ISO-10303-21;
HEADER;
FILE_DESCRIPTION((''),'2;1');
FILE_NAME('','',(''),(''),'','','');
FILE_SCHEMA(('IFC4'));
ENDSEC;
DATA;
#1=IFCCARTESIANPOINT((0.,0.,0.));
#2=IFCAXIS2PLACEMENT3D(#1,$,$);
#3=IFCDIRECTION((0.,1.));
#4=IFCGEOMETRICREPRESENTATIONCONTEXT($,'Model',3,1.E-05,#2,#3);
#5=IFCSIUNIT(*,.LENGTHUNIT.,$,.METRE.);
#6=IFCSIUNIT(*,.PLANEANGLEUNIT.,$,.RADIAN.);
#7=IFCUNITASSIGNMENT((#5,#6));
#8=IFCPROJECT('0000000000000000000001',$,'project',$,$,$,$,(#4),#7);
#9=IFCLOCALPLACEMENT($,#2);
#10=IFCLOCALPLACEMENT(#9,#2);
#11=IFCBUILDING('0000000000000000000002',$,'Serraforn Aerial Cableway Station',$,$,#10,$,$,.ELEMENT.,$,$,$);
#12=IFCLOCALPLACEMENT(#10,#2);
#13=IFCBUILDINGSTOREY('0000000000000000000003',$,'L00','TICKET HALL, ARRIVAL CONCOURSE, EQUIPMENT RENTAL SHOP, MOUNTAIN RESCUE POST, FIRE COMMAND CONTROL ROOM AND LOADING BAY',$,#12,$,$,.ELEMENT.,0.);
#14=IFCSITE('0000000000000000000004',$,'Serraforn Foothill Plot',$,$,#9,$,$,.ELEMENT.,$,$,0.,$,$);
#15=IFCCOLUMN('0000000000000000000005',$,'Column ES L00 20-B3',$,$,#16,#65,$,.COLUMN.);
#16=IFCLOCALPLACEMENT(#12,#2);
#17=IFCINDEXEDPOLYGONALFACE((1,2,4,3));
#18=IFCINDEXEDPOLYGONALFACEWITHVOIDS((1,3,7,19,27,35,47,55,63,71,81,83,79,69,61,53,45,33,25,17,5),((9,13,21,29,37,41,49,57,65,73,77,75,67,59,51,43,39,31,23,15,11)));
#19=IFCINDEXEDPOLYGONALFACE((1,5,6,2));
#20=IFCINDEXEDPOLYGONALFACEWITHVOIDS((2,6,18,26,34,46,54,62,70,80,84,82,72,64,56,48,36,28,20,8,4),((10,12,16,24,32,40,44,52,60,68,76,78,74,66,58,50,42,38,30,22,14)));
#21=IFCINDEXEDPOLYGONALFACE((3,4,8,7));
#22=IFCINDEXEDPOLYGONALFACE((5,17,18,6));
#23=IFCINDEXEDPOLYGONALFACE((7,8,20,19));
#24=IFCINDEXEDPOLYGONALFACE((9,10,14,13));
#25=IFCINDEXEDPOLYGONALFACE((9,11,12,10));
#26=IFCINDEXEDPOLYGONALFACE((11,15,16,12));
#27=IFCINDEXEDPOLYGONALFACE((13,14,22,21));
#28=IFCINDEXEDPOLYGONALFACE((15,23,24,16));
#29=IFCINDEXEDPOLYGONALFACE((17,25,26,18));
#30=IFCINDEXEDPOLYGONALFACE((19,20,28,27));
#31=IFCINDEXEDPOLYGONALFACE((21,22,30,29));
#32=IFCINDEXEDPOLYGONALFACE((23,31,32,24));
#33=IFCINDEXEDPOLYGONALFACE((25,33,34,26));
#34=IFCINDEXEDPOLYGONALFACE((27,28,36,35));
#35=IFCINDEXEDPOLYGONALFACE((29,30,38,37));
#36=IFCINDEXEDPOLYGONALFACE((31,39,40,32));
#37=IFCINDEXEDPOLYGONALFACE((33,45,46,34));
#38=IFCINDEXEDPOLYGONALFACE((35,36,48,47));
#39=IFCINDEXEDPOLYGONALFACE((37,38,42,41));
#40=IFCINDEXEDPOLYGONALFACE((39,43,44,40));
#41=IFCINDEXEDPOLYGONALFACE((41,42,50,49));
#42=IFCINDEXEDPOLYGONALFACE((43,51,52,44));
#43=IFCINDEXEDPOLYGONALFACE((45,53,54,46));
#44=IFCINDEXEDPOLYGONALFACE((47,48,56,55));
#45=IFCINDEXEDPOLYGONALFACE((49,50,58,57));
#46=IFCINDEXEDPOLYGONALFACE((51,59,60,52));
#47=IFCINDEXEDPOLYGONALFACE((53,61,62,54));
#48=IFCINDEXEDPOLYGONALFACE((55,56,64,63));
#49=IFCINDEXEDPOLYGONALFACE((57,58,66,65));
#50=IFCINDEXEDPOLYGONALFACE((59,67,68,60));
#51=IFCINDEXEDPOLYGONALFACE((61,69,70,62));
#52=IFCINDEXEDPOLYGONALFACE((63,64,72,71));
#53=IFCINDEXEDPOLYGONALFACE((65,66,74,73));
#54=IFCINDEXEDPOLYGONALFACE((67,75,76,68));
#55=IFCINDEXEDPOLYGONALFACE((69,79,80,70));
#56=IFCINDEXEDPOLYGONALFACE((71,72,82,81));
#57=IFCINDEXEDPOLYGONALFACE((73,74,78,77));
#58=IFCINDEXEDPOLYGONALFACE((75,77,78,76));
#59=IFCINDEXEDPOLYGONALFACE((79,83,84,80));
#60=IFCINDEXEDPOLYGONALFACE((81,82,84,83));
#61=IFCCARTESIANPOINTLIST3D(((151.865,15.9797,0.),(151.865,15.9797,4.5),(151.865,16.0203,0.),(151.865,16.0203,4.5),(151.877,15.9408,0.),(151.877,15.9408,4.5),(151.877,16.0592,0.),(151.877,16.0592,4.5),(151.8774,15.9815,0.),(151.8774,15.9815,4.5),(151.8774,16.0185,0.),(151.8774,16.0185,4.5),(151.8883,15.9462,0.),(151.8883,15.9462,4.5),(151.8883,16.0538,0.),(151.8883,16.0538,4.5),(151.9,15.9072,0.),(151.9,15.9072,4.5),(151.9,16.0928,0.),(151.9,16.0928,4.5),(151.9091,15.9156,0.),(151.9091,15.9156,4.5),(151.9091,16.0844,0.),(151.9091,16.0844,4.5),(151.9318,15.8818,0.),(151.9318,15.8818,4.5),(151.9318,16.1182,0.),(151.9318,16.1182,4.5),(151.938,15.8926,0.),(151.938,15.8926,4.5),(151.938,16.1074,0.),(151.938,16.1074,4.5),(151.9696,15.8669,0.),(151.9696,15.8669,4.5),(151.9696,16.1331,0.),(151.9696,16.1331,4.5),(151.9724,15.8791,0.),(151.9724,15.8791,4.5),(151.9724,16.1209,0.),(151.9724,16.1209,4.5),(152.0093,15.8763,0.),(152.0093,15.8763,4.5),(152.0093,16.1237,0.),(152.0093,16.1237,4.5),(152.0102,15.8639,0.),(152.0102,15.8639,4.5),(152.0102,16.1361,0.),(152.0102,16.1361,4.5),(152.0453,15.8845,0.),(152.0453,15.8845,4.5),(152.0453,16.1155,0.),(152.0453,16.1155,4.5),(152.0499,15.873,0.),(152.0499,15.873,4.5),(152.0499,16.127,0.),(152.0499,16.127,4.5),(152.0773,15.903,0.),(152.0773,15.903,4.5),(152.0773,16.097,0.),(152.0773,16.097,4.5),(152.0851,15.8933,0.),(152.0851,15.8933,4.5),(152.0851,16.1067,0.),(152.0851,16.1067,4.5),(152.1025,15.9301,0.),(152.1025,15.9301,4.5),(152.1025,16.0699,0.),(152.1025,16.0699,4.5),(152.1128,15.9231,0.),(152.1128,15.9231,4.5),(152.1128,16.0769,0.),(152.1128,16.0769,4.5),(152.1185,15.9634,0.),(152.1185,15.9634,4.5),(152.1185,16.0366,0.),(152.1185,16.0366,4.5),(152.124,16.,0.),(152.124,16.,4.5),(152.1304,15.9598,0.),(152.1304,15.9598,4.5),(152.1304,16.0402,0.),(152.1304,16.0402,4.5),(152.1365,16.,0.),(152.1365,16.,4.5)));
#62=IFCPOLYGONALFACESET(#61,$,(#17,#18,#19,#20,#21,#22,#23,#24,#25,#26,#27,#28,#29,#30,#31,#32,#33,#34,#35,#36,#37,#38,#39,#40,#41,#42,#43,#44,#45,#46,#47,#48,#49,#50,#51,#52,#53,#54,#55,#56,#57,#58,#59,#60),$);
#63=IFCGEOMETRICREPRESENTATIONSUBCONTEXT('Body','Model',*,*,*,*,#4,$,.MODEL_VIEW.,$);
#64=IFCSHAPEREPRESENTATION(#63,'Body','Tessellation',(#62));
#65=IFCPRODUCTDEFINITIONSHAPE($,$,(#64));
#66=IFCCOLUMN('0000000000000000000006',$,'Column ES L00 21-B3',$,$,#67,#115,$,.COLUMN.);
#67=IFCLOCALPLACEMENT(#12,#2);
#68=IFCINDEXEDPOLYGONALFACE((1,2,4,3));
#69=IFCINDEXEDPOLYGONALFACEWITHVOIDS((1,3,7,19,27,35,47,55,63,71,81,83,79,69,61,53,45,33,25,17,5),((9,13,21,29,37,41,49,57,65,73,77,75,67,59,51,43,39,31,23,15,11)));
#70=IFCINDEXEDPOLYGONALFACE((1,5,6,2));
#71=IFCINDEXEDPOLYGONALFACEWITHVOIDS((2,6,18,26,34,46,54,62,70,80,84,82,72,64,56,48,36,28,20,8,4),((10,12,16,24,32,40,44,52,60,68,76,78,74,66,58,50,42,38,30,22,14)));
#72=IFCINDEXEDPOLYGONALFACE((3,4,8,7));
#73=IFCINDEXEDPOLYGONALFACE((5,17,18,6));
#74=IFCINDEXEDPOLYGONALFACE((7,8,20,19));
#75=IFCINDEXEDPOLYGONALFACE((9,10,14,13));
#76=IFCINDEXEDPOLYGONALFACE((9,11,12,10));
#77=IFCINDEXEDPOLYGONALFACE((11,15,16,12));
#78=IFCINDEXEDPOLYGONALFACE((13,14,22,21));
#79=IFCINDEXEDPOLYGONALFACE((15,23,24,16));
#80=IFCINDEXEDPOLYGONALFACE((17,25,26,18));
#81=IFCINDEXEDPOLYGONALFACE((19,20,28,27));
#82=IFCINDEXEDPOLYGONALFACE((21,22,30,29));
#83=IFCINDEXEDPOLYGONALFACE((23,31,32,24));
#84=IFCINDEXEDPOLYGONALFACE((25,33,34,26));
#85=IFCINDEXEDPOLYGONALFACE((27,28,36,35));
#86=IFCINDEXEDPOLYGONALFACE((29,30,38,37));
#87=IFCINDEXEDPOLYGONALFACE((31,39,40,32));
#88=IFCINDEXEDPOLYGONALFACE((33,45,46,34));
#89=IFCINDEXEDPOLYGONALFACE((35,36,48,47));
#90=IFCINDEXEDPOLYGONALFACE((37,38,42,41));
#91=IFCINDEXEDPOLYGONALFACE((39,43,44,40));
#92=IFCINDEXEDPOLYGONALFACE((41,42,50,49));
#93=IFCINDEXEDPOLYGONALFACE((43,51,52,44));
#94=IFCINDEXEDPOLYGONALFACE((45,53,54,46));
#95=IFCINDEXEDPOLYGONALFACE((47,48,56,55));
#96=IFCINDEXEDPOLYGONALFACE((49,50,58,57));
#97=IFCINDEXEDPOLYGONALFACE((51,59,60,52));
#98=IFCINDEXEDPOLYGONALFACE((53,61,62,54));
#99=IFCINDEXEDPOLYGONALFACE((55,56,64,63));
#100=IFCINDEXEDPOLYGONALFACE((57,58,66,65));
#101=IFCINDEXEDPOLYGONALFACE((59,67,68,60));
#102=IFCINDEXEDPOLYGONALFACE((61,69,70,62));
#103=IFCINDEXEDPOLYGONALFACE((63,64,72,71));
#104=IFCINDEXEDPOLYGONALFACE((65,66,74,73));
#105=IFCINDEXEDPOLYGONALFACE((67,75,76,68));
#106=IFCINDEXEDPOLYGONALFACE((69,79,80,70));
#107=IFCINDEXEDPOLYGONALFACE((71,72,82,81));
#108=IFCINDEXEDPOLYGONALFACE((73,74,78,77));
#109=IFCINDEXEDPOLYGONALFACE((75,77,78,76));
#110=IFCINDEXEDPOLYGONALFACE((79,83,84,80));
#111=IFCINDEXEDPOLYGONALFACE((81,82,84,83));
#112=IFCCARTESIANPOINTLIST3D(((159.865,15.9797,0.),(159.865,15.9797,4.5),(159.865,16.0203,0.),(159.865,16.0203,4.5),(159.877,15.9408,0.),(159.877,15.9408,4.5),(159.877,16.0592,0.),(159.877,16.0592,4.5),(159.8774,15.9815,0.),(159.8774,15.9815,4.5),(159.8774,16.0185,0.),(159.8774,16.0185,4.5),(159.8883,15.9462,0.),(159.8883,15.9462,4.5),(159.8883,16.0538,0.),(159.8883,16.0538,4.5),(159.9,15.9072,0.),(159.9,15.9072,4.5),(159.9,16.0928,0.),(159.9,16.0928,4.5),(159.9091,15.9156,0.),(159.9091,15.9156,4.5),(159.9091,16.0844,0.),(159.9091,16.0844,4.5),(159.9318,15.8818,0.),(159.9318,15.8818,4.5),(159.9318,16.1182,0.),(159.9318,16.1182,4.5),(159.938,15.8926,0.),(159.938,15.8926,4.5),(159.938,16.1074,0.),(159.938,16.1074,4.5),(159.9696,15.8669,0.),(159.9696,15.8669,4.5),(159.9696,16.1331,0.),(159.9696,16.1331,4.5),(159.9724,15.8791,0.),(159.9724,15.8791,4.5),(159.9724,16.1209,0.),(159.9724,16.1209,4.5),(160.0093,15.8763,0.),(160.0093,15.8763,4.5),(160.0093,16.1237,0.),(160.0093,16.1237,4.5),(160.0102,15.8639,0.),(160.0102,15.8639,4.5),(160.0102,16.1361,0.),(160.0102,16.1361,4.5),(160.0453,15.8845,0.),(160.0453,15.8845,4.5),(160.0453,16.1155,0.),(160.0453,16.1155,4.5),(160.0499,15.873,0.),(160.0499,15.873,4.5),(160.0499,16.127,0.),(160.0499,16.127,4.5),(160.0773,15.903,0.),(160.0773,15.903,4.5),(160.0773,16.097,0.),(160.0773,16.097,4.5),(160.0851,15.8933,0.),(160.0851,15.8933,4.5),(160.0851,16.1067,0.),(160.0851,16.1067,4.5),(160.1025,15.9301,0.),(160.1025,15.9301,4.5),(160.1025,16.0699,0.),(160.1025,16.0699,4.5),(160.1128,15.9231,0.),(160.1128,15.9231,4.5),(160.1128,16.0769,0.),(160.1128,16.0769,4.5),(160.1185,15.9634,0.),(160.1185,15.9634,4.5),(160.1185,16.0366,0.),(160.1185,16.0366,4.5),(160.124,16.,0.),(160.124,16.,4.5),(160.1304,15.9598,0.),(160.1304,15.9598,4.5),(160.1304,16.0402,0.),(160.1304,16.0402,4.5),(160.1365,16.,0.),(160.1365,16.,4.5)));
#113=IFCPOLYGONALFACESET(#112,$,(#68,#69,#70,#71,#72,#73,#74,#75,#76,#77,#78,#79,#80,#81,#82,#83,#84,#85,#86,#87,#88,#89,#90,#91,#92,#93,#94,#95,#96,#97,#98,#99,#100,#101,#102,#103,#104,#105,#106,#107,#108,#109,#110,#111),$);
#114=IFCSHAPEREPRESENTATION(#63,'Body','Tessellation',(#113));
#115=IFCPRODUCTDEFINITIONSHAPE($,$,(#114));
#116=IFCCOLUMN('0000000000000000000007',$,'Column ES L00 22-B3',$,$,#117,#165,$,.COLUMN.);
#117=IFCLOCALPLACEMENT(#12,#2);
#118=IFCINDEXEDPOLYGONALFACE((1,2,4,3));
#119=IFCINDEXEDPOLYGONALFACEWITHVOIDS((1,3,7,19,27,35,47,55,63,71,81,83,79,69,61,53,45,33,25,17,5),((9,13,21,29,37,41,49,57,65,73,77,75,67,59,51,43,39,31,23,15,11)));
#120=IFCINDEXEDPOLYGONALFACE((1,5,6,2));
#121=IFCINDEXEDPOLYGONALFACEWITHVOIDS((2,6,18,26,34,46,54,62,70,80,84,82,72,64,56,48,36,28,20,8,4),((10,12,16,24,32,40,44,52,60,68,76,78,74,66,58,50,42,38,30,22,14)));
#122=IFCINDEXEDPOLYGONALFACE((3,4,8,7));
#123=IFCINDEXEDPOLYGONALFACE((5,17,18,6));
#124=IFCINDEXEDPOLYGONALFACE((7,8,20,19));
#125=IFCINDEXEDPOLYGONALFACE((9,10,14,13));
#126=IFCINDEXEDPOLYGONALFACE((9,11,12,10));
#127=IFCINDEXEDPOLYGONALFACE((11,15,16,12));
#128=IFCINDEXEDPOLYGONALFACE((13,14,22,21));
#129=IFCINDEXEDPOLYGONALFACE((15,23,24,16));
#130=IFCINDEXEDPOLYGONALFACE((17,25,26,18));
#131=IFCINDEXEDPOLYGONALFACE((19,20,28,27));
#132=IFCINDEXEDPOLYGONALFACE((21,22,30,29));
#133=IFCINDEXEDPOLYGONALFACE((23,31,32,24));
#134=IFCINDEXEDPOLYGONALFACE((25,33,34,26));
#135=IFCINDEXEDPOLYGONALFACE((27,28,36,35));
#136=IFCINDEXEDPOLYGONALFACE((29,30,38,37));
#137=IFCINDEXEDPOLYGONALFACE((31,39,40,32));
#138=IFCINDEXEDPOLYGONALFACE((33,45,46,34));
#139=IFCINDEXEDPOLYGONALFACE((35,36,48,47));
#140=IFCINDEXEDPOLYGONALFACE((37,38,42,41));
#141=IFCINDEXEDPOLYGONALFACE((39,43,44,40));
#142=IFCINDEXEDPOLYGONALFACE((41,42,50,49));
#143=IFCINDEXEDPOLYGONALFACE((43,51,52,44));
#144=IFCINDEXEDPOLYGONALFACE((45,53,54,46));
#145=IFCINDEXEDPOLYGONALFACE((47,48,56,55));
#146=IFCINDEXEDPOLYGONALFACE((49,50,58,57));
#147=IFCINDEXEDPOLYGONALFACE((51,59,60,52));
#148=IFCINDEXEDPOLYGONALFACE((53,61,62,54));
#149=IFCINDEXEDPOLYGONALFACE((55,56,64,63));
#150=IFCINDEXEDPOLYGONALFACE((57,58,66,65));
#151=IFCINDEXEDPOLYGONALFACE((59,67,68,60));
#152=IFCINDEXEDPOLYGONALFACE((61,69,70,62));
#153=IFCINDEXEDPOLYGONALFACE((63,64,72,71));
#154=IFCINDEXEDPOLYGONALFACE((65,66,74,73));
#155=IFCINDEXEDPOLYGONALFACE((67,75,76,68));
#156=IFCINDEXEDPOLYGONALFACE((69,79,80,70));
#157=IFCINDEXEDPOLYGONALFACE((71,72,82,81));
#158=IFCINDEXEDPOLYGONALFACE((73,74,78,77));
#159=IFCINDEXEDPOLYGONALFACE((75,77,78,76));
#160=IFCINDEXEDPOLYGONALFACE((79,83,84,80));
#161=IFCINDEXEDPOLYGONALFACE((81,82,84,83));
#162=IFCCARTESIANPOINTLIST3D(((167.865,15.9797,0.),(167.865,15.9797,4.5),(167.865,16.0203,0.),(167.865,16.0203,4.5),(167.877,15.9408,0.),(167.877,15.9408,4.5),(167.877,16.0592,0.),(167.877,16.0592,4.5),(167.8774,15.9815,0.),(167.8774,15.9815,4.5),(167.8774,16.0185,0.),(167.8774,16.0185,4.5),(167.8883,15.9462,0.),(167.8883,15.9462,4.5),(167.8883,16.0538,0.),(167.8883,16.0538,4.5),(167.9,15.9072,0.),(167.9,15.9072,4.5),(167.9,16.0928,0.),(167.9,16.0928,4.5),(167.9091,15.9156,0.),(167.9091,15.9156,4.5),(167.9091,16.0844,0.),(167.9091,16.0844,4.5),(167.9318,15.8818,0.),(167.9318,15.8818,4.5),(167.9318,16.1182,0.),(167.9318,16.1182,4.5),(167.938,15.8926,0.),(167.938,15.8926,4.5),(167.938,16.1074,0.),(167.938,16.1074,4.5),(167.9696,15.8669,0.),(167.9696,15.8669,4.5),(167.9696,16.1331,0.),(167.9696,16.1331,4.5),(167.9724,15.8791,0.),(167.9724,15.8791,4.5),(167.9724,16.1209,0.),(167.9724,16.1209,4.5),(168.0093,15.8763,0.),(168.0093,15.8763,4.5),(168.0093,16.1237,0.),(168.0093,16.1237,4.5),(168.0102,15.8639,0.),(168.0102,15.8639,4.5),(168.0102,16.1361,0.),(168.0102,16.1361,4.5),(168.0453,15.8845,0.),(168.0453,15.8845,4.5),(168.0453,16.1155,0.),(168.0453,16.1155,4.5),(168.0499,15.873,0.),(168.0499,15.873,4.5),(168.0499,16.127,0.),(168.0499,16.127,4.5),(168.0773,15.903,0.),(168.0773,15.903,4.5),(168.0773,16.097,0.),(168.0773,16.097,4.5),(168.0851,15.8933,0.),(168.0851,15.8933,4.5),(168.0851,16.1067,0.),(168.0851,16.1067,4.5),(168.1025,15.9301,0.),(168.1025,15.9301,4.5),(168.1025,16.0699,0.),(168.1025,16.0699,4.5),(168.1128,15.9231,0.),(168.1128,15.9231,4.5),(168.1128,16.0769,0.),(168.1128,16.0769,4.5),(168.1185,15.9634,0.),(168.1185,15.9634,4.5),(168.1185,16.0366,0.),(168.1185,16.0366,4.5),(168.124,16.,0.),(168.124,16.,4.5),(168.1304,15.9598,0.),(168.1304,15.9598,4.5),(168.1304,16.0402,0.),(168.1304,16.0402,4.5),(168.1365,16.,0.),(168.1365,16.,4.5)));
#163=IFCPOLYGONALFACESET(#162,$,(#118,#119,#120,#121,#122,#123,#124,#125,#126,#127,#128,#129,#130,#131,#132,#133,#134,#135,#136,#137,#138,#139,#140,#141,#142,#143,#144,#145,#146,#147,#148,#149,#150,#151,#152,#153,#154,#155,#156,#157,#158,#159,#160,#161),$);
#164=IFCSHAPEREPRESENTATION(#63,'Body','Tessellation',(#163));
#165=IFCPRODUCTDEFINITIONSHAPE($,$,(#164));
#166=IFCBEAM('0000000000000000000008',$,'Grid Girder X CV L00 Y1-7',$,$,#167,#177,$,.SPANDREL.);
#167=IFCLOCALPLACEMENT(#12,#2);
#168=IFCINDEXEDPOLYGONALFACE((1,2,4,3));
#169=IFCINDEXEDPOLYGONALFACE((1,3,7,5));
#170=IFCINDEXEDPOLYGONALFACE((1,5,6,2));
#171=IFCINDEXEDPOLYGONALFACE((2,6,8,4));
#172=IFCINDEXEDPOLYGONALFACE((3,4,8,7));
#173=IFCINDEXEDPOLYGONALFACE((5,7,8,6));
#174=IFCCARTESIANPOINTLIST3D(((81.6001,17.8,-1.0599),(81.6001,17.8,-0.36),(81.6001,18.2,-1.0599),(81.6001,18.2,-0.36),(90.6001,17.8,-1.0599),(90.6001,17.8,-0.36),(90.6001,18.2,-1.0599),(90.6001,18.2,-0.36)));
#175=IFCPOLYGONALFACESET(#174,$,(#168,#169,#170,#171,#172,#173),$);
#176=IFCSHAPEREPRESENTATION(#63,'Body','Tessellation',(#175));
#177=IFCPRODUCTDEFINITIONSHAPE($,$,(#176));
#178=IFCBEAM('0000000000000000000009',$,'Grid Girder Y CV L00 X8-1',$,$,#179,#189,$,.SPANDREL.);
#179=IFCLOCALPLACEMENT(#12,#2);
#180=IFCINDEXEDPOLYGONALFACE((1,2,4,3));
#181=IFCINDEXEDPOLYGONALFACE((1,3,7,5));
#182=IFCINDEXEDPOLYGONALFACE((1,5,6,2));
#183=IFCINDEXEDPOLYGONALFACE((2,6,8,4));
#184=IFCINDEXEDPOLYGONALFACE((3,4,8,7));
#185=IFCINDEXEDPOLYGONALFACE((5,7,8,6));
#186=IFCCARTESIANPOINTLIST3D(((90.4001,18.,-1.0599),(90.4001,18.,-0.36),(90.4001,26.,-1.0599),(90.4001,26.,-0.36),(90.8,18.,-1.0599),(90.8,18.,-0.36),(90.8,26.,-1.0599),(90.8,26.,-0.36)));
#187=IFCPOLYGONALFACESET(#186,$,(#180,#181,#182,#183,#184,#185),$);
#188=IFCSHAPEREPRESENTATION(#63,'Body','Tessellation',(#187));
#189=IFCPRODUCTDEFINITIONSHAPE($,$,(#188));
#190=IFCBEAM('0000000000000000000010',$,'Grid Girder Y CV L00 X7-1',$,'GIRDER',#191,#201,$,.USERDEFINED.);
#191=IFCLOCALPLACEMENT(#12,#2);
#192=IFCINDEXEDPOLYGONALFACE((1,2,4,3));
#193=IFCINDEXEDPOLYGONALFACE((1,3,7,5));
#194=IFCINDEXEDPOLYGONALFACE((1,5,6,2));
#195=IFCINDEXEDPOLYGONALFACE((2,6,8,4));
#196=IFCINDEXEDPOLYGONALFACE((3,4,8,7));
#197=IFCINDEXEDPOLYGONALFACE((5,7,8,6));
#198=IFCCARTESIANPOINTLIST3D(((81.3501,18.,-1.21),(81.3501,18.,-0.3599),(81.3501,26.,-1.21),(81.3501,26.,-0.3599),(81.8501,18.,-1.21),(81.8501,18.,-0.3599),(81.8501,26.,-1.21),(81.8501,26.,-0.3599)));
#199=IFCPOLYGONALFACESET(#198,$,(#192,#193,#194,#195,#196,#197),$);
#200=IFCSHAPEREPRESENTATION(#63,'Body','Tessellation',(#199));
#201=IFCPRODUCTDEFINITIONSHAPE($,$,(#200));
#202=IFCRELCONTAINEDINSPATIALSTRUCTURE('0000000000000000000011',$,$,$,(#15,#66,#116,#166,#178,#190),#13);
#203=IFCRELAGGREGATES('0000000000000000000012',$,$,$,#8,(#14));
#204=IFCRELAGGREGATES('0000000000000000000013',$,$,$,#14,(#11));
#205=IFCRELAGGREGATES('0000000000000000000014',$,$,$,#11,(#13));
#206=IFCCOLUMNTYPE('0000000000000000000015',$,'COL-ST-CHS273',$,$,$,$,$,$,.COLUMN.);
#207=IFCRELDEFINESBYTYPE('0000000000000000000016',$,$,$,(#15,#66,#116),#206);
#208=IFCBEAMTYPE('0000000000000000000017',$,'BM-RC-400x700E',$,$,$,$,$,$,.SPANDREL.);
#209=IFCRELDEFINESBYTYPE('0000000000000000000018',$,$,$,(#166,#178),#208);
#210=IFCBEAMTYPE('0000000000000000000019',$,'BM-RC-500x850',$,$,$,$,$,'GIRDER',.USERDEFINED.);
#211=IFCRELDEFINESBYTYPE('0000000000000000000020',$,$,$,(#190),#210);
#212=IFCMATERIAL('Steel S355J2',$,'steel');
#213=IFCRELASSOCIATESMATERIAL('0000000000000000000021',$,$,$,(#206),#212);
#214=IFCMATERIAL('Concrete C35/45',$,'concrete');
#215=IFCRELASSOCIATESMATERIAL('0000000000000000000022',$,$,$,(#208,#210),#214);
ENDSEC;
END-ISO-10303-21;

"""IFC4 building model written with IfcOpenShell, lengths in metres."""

from ifc_helpers import new_model, si_unit, direction, frame, origin, origin_2d, place, context, subcontext, project, spatial, rectangle, hollow_circle, extrude, material, material_profile, profile_set, type_object, element, save


model = new_model("IFC4")

# Units and contexts
model_context = context("Model", 3, precision=1e-05, world=origin(), true_north=direction((0.0, 1.0)))
body_context = subcontext(model_context, "Body", "Model", "MODEL_VIEW")
ifc_project = project(units=[si_unit("LENGTHUNIT", "METRE"), si_unit("PLANEANGLEUNIT", "RADIAN")], contexts=[model_context])

# Site, building, storey
site_placement = place(None, origin())
site = spatial("IfcSite", under=ifc_project, at=site_placement, Name="Serraforn Foothill Plot", CompositionType="ELEMENT", RefElevation=0.0)
building_placement = place(site_placement, origin())
building = spatial("IfcBuilding", under=site, at=building_placement, Name="Serraforn Aerial Cableway Station", CompositionType="ELEMENT")
storey_placement = place(building_placement, origin())
storey = spatial("IfcBuildingStorey", under=building, at=storey_placement, Name="L00", Description="TICKET HALL, ARRIVAL CONCOURSE, EQUIPMENT RENTAL SHOP, MOUNTAIN RESCUE POST, FIRE COMMAND CONTROL ROOM AND LOADING BAY", CompositionType="ELEMENT", Elevation=0.0)

# Shared definitions
ifc_material_1 = material(Name="Concrete C35/45", Category="concrete")

# Columns
ifc_material_2 = material(Name="Steel S355J2", Category="steel")
ifc_material_profile_1 = material_profile(ifc_material_2, hollow_circle(Radius=0.1365, WallThickness=0.0125, at=origin_2d()), Name="CHS 273.0x12.5")
ifc_profile_set_1 = profile_set([ifc_material_profile_1], Name="Steel S355J2")
column_type_1 = type_object("IfcColumnType", Name="COL-ST-CHS273", PredefinedType="COLUMN", material=ifc_profile_set_1)
for number, where, z_axis, x_axis, name in (
    (1, (152.0, 16.0, 0.0), (0.0, 0.0, 1.0), (1.0, 0.0, 0.0), "Column ES L00 20-B3"),
    (2, (160.0, 16.0, 0.0), (0.0, 0.0, 1.0), (1.0, 0.0, 0.0), "Column ES L00 21-B3"),
    (3, (168.0, 16.0, 0.0), (0.0, 0.0, 1.0), (1.0, 0.0, 0.0), "Column ES L00 22-B3"),
):
    element("IfcColumn", number, at=place(storey_placement, frame(where, z_axis=z_axis, x_axis=x_axis)), inside=storey, type_object=column_type_1, Name=name, PredefinedType="COLUMN", context=body_context, shape_type="SweptSolid", body=[
        extrude(hollow_circle(Radius=0.1365, WallThickness=0.0125, at=origin_2d()), origin(), (0.0, 0.0, 1.0), 4.5),
    ])

# Beams
ifc_material_profile_2 = material_profile(ifc_material_1, rectangle(XDim=0.3999, YDim=0.7, at=origin_2d()), Name="RC 400x700")
ifc_profile_set_2 = profile_set([ifc_material_profile_2], Name="Concrete C35/45")
beam_type_1 = type_object("IfcBeamType", Name="BM-RC-400x700E", PredefinedType="SPANDREL", material=ifc_profile_set_2)
beam_1_placement = place(storey_placement, frame((81.6001, 18.0, -0.71), z_axis=(1.0, 0.0, 0.0), x_axis=(0.0, 1.0, 0.0)))
element("IfcBeam", 4, at=beam_1_placement, inside=storey, type_object=beam_type_1, Name="Grid Girder X CV L00 Y1-7", PredefinedType="SPANDREL", context=body_context, shape_type="SweptSolid", body=[
    extrude(rectangle(XDim=0.3999, YDim=0.7, at=origin_2d()), origin(), (0.0, 0.0, 1.0), 9.0),
])
beam_2_placement = place(storey_placement, frame((90.6001, 18.0, -0.71), z_axis=(0.0, 1.0, 0.0), x_axis=(-1.0, 0.0, 0.0)))
element("IfcBeam", 5, at=beam_2_placement, inside=storey, type_object=beam_type_1, Name="Grid Girder Y CV L00 X8-1", PredefinedType="SPANDREL", context=body_context, shape_type="SweptSolid", body=[
    extrude(rectangle(XDim=0.3999, YDim=0.7, at=origin_2d()), origin(), (0.0, 0.0, 1.0), 8.0),
])
ifc_material_profile_3 = material_profile(ifc_material_1, rectangle(XDim=0.5, YDim=0.8501, at=origin_2d()), Name="RC 500x850")
ifc_profile_set_3 = profile_set([ifc_material_profile_3], Name="Concrete C35/45")
beam_type_2 = type_object("IfcBeamType", Name="BM-RC-500x850", ElementType="GIRDER", PredefinedType="USERDEFINED", material=ifc_profile_set_3)
beam_3_placement = place(storey_placement, frame((81.6001, 18.0, -0.7849), z_axis=(0.0, 1.0, 0.0), x_axis=(-1.0, 0.0, 0.0)))
element("IfcBeam", 6, at=beam_3_placement, inside=storey, type_object=beam_type_2, Name="Grid Girder Y CV L00 X7-1", ObjectType="GIRDER", PredefinedType="USERDEFINED", context=body_context, shape_type="SweptSolid", body=[
    extrude(rectangle(XDim=0.5, YDim=0.8501, at=origin_2d()), origin(), (0.0, 0.0, 1.0), 8.0),
])

save(model, "model.ifc")
